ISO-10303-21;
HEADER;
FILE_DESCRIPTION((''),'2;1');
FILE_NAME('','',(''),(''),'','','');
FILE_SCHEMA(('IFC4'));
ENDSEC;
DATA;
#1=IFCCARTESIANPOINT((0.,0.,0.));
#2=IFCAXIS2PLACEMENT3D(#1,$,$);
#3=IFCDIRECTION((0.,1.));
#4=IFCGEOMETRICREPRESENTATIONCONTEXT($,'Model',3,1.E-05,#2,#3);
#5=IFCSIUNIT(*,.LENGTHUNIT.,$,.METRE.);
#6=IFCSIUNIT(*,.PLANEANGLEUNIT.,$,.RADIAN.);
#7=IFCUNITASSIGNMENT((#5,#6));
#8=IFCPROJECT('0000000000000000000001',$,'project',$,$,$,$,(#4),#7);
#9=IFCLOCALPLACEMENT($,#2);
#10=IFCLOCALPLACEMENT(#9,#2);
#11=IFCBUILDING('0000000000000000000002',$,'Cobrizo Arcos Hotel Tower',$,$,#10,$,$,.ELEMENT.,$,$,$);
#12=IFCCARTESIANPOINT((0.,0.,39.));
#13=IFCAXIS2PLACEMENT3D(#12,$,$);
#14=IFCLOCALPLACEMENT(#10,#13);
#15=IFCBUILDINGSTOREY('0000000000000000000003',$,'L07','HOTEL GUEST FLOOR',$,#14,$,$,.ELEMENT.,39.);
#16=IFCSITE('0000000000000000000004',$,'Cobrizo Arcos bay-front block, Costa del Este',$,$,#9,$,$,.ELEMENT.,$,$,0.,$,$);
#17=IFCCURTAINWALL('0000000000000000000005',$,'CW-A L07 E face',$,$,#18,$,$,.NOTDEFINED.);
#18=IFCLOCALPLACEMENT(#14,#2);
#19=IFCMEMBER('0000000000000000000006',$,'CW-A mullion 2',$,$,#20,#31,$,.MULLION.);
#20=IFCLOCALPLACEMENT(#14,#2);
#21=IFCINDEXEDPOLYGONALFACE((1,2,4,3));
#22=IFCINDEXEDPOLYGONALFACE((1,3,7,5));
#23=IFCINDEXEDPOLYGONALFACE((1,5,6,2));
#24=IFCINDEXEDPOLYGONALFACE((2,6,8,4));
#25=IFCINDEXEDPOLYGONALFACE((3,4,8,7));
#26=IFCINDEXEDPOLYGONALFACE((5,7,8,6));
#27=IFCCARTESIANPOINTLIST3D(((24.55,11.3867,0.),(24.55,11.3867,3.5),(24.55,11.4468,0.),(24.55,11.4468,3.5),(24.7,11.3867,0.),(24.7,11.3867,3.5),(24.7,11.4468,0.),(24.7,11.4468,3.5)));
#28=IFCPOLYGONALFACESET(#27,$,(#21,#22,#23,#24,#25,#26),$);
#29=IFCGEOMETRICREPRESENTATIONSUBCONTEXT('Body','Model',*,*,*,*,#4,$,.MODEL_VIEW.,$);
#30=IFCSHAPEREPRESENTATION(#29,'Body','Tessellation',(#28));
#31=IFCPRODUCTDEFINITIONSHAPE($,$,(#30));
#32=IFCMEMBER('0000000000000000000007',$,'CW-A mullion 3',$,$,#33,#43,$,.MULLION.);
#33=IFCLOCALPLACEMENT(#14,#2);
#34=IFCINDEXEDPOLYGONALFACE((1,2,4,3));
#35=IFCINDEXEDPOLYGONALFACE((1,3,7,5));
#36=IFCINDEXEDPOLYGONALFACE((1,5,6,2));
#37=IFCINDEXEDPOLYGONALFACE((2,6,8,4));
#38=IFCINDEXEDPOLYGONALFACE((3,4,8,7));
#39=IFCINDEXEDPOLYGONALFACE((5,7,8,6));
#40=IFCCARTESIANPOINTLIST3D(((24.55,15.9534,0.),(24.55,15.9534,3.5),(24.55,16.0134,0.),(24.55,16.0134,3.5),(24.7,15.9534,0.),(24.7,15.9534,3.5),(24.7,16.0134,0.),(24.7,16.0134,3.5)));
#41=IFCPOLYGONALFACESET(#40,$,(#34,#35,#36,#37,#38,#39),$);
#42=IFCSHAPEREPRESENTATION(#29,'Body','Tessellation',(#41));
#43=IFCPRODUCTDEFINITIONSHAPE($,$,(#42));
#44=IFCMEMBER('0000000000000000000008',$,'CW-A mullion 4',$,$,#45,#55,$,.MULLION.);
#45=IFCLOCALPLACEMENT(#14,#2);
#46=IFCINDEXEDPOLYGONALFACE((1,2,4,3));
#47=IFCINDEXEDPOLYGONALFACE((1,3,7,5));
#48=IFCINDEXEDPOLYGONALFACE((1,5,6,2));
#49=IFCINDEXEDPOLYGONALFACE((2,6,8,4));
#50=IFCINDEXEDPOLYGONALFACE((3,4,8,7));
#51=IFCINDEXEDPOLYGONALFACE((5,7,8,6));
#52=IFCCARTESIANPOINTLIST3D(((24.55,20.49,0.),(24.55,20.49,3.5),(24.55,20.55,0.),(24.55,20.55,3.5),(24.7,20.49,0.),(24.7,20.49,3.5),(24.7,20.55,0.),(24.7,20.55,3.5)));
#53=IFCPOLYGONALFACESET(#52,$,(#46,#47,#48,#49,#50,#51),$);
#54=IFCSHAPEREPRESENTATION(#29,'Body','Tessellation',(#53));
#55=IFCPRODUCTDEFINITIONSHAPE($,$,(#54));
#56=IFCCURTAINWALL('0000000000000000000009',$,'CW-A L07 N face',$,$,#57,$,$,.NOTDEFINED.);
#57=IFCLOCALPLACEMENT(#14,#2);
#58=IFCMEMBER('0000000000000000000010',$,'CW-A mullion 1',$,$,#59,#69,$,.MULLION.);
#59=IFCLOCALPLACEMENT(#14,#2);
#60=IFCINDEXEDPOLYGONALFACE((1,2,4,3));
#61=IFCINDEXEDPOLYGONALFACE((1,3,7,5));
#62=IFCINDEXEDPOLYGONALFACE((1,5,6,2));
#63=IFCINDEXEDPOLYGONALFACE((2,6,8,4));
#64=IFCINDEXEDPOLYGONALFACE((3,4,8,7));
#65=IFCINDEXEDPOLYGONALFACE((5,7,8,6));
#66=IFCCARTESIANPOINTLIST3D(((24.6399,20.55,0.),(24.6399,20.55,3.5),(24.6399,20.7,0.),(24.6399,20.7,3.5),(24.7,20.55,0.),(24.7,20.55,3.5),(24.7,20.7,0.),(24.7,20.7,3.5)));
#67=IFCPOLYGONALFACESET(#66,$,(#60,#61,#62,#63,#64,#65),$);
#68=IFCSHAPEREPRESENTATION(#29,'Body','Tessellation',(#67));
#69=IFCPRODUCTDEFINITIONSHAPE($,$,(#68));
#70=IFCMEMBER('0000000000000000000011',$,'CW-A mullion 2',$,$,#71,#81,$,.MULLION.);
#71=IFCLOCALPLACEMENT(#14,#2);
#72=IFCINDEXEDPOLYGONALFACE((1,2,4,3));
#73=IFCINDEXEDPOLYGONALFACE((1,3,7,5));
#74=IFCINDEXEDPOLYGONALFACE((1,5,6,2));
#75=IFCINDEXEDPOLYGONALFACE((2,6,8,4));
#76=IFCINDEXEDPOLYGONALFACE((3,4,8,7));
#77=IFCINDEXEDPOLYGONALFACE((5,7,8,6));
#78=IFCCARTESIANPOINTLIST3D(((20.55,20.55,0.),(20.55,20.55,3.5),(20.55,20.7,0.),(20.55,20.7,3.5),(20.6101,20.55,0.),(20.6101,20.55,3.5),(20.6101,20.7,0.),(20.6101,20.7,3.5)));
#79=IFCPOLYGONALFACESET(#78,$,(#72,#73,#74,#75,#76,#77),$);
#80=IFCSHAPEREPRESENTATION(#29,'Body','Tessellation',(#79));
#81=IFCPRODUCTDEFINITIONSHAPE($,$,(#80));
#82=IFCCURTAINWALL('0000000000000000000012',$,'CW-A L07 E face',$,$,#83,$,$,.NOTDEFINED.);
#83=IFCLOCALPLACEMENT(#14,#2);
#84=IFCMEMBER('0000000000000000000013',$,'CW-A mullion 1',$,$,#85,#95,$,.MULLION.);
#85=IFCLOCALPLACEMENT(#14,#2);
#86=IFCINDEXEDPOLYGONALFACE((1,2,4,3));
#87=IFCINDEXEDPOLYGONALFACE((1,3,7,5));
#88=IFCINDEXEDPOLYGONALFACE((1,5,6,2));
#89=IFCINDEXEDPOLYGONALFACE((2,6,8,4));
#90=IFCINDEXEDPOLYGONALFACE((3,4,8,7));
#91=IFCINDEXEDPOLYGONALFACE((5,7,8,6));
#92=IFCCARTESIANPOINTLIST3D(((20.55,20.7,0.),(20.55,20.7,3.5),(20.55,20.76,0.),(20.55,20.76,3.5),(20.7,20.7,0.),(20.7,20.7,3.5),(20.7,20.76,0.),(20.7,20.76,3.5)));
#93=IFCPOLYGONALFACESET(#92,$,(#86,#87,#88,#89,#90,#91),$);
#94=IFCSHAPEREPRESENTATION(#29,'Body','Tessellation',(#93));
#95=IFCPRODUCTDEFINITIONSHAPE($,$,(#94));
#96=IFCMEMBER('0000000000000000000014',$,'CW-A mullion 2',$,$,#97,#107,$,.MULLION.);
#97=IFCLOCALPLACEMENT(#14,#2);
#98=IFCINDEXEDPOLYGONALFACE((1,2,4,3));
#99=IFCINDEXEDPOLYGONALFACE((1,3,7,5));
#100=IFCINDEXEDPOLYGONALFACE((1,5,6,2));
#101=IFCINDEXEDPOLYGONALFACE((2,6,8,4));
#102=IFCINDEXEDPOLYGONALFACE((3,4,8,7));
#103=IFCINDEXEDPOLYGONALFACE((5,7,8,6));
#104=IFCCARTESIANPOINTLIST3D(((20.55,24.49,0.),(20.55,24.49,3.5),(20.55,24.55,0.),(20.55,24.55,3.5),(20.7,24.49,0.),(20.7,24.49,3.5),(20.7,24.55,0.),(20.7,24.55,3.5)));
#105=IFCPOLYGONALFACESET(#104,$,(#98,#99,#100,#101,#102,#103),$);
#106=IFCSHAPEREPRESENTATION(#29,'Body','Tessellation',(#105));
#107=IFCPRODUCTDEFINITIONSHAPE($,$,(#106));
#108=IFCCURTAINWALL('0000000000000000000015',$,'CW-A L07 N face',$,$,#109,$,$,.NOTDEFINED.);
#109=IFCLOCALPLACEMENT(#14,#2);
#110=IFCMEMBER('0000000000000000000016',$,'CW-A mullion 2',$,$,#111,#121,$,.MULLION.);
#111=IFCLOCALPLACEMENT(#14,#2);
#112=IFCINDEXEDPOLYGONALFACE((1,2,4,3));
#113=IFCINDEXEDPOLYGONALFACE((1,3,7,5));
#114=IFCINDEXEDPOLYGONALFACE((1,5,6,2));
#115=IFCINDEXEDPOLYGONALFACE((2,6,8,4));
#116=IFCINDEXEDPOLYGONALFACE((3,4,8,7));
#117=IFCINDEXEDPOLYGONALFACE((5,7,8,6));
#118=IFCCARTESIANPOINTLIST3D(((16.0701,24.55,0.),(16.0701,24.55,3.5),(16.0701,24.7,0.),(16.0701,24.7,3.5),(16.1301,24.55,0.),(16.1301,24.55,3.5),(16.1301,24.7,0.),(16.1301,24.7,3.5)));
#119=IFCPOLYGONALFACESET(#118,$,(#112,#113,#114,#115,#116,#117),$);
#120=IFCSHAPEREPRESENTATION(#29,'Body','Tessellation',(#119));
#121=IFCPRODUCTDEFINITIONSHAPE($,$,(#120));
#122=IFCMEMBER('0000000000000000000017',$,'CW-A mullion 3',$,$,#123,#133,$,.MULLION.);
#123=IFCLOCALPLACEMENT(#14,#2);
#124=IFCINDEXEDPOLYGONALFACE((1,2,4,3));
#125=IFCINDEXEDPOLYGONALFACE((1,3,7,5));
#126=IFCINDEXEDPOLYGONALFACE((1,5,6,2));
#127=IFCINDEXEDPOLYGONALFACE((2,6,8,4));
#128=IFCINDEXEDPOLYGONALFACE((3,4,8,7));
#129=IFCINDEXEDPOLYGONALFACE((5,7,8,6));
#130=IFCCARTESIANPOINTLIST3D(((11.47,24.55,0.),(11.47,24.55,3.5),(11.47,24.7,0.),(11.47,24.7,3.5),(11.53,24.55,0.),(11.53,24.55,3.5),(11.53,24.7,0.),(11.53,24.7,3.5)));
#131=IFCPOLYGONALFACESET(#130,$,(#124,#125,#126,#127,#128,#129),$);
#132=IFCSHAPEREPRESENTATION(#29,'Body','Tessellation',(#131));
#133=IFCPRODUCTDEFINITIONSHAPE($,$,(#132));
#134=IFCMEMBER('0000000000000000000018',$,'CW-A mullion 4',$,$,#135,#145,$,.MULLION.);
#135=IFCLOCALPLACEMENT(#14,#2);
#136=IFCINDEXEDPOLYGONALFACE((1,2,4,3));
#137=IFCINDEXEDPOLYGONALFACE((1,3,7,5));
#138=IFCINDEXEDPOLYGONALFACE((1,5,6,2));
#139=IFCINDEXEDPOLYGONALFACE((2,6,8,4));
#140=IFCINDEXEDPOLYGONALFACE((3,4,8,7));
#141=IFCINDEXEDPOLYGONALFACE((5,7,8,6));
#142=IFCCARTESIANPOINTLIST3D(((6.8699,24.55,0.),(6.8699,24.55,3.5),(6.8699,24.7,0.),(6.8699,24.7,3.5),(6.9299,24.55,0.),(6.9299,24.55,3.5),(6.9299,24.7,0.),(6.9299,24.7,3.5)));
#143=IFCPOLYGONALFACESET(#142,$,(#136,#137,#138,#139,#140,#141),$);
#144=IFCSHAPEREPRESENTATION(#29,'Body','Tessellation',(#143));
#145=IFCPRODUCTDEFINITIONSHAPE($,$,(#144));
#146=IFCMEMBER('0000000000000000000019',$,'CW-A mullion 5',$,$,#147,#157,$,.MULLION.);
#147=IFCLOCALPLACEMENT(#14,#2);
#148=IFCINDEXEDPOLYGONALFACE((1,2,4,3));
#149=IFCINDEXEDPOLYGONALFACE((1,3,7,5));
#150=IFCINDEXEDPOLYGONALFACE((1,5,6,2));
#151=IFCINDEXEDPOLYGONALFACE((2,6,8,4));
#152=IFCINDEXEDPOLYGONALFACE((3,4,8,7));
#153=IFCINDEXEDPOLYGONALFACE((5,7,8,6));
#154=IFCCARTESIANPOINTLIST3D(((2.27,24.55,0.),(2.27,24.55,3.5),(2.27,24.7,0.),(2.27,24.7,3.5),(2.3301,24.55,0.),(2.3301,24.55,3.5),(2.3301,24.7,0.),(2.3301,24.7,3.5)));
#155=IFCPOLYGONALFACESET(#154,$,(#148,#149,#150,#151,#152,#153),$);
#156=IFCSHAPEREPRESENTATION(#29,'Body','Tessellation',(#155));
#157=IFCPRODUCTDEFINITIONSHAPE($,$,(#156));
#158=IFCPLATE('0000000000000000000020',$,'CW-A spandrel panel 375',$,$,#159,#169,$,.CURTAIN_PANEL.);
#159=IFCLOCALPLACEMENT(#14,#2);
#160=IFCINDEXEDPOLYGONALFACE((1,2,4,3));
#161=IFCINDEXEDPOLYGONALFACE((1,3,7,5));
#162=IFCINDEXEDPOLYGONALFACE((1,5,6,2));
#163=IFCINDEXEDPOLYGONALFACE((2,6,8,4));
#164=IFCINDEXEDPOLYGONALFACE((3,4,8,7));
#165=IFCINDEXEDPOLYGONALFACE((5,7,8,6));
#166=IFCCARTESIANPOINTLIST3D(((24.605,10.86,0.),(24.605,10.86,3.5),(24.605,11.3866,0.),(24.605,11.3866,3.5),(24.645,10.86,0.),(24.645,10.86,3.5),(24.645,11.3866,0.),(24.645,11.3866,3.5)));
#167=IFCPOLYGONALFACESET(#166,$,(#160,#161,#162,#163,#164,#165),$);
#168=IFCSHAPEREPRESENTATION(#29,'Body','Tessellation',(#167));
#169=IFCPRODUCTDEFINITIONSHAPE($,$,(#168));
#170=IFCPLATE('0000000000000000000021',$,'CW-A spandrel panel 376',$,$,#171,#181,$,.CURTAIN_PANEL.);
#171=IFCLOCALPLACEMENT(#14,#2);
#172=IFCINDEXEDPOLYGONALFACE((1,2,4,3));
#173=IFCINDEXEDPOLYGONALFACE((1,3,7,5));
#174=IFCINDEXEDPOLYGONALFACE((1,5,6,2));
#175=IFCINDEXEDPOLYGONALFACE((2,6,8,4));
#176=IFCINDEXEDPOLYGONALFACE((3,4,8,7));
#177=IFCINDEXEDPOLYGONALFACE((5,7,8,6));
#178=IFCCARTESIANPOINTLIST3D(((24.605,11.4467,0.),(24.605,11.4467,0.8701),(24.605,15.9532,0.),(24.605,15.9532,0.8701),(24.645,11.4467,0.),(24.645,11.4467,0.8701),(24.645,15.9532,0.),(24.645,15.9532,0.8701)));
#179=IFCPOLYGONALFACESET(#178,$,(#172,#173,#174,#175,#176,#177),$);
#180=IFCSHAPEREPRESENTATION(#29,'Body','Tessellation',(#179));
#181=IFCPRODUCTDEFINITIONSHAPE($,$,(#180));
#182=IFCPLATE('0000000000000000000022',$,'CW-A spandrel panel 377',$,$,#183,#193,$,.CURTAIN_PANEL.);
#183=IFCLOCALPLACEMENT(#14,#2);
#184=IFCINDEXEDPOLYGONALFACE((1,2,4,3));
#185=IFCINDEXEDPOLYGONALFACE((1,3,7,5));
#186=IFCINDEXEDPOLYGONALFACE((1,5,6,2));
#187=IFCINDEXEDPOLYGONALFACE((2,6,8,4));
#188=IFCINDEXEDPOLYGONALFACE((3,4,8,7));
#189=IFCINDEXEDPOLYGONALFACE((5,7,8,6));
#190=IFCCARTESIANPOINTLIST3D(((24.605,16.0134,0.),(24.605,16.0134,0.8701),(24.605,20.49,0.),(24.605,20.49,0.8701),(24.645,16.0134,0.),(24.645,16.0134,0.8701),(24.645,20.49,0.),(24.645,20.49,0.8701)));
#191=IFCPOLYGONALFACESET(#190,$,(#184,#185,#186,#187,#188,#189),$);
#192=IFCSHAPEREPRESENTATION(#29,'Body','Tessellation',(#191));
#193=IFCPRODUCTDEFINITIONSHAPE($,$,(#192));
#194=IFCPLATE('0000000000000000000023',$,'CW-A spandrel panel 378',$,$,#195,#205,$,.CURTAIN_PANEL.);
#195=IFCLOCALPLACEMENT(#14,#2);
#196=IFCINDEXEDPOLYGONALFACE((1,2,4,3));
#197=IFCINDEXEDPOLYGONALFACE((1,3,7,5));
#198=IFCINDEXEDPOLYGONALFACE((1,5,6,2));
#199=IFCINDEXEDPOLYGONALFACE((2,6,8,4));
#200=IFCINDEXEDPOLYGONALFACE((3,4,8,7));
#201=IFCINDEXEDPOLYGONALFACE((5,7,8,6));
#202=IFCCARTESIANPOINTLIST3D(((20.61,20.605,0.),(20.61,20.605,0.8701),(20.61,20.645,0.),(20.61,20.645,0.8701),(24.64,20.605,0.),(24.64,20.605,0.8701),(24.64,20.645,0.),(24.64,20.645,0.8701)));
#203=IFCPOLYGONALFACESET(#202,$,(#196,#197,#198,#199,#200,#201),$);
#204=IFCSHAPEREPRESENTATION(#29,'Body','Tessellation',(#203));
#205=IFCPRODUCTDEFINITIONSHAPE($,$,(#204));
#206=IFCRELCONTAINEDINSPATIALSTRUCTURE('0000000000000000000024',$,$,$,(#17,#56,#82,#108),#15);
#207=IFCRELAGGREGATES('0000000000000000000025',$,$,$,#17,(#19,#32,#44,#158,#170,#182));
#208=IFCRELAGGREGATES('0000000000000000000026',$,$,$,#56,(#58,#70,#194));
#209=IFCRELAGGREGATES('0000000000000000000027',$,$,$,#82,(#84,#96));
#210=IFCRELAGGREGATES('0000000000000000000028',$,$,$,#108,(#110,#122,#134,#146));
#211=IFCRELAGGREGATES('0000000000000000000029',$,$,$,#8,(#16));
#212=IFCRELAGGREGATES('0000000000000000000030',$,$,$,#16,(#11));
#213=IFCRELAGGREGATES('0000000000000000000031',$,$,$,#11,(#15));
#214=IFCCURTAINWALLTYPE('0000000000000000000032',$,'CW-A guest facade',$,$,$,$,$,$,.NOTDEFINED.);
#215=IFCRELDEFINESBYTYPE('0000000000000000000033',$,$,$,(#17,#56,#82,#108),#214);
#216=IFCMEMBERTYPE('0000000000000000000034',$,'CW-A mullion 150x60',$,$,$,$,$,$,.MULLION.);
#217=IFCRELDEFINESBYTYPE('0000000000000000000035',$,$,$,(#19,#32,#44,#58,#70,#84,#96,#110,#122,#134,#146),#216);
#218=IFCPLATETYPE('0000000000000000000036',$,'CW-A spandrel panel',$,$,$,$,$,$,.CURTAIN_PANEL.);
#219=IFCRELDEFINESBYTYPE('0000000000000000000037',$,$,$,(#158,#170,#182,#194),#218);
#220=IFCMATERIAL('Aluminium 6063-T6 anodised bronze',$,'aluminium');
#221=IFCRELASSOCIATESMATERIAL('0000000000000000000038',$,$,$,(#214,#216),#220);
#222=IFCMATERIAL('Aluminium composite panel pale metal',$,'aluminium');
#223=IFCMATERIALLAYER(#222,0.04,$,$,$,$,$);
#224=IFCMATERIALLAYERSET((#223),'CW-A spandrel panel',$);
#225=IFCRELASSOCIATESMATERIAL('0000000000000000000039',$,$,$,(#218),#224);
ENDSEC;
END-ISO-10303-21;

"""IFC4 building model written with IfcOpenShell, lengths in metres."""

from ifc_helpers import new_model, si_unit, direction, frame, origin, origin_2d, place, context, subcontext, project, spatial, rectangle, extrude, material, layer, layer_set, material_profile, profile_set, type_object, element, aggregate, save


model = new_model("IFC4")

# Units and contexts
model_context = context("Model", 3, precision=1e-05, world=origin(), true_north=direction((0.0, 1.0)))
body_context = subcontext(model_context, "Body", "Model", "MODEL_VIEW")
ifc_project = project(units=[si_unit("LENGTHUNIT", "METRE"), si_unit("PLANEANGLEUNIT", "RADIAN")], contexts=[model_context])

# Site, building, storey
site_placement = place(None, origin())
site = spatial("IfcSite", under=ifc_project, at=site_placement, Name="Cobrizo Arcos bay-front block, Costa del Este", CompositionType="ELEMENT", RefElevation=0.0)
building_placement = place(site_placement, origin())
building = spatial("IfcBuilding", under=site, at=building_placement, Name="Cobrizo Arcos Hotel Tower", CompositionType="ELEMENT")
storey_placement = place(building_placement, frame((0.0, 0.0, 39.0)))
storey = spatial("IfcBuildingStorey", under=building, at=storey_placement, Name="L07", Description="HOTEL GUEST FLOOR", CompositionType="ELEMENT", Elevation=39.0)

# Curtain walls, members
ifc_material_1 = material(Name="Aluminium 6063-T6 anodised bronze", Category="aluminium")
curtain_wall_type = type_object("IfcCurtainWallType", Name="CW-A guest facade", PredefinedType="NOTDEFINED", material=ifc_material_1)
curtain_wall_1_placement = place(storey_placement, origin())
curtain_wall_1 = element("IfcCurtainWall", 1, at=curtain_wall_1_placement, inside=storey, type_object=curtain_wall_type, Name="CW-A L07 E face", PredefinedType="NOTDEFINED")
ifc_material_profile = material_profile(ifc_material_1, rectangle(XDim=0.1499, YDim=0.0601, at=origin_2d()), Name="CW-A mullion 150x60")
ifc_profile_set = profile_set([ifc_material_profile], Name="Aluminium 6063-T6 anodised bronze")
member_type = type_object("IfcMemberType", Name="CW-A mullion 150x60", PredefinedType="MULLION", material=ifc_profile_set)
member_1_placement = place(storey_placement, frame((24.625, 11.4167, 0.0), z_axis=(0.0, 0.0, 1.0), x_axis=(1.0, 0.0, 0.0)))
member_1 = element("IfcMember", 2, at=member_1_placement, type_object=member_type, Name="CW-A mullion 2", PredefinedType="MULLION", context=body_context, shape_type="SweptSolid", body=[
    extrude(rectangle(XDim=0.1499, YDim=0.0601, at=origin_2d()), origin(), (0.0, 0.0, 1.0), 3.5),
])
member_2_placement = place(storey_placement, frame((24.625, 15.9834, 0.0), z_axis=(0.0, 0.0, 1.0), x_axis=(1.0, 0.0, 0.0)))
member_2 = element("IfcMember", 3, at=member_2_placement, type_object=member_type, Name="CW-A mullion 3", PredefinedType="MULLION", context=body_context, shape_type="SweptSolid", body=[
    extrude(rectangle(XDim=0.1499, YDim=0.0601, at=origin_2d()), origin(), (0.0, 0.0, 1.0), 3.5),
])
member_3_placement = place(storey_placement, frame((24.625, 20.52, 0.0), z_axis=(0.0, 0.0, 1.0), x_axis=(1.0, 0.0, 0.0)))
member_3 = element("IfcMember", 4, at=member_3_placement, type_object=member_type, Name="CW-A mullion 4", PredefinedType="MULLION", context=body_context, shape_type="SweptSolid", body=[
    extrude(rectangle(XDim=0.1499, YDim=0.0601, at=origin_2d()), origin(), (0.0, 0.0, 1.0), 3.5),
])
curtain_wall_2_placement = place(storey_placement, origin())
curtain_wall_2 = element("IfcCurtainWall", 5, at=curtain_wall_2_placement, inside=storey, type_object=curtain_wall_type, Name="CW-A L07 N face", PredefinedType="NOTDEFINED")
member_4_placement = place(storey_placement, frame((24.6699, 20.625, 0.0), z_axis=(0.0, 0.0, 1.0), x_axis=(0.0, 1.0, 0.0)))
member_4 = element("IfcMember", 6, at=member_4_placement, type_object=member_type, Name="CW-A mullion 1", PredefinedType="MULLION", context=body_context, shape_type="SweptSolid", body=[
    extrude(rectangle(XDim=0.1499, YDim=0.0601, at=origin_2d()), origin(), (0.0, 0.0, 1.0), 3.5),
])
member_5_placement = place(storey_placement, frame((20.5801, 20.625, 0.0), z_axis=(0.0, 0.0, 1.0), x_axis=(0.0, 1.0, 0.0)))
member_5 = element("IfcMember", 7, at=member_5_placement, type_object=member_type, Name="CW-A mullion 2", PredefinedType="MULLION", context=body_context, shape_type="SweptSolid", body=[
    extrude(rectangle(XDim=0.1499, YDim=0.0601, at=origin_2d()), origin(), (0.0, 0.0, 1.0), 3.5),
])
curtain_wall_3_placement = place(storey_placement, origin())
curtain_wall_3 = element("IfcCurtainWall", 8, at=curtain_wall_3_placement, inside=storey, type_object=curtain_wall_type, Name="CW-A L07 E face", PredefinedType="NOTDEFINED")
member_6_placement = place(storey_placement, frame((20.625, 20.73, 0.0), z_axis=(0.0, 0.0, 1.0), x_axis=(1.0, 0.0, 0.0)))
member_6 = element("IfcMember", 9, at=member_6_placement, type_object=member_type, Name="CW-A mullion 1", PredefinedType="MULLION", context=body_context, shape_type="SweptSolid", body=[
    extrude(rectangle(XDim=0.1499, YDim=0.0601, at=origin_2d()), origin(), (0.0, 0.0, 1.0), 3.5),
])
member_7_placement = place(storey_placement, frame((20.625, 24.52, 0.0), z_axis=(0.0, 0.0, 1.0), x_axis=(1.0, 0.0, 0.0)))
member_7 = element("IfcMember", 10, at=member_7_placement, type_object=member_type, Name="CW-A mullion 2", PredefinedType="MULLION", context=body_context, shape_type="SweptSolid", body=[
    extrude(rectangle(XDim=0.1499, YDim=0.0601, at=origin_2d()), origin(), (0.0, 0.0, 1.0), 3.5),
])
curtain_wall_4_placement = place(storey_placement, origin())
curtain_wall_4 = element("IfcCurtainWall", 11, at=curtain_wall_4_placement, inside=storey, type_object=curtain_wall_type, Name="CW-A L07 N face", PredefinedType="NOTDEFINED")
member_8_placement = place(storey_placement, frame((16.1001, 24.625, 0.0), z_axis=(0.0, 0.0, 1.0), x_axis=(0.0, 1.0, 0.0)))
member_8 = element("IfcMember", 12, at=member_8_placement, type_object=member_type, Name="CW-A mullion 2", PredefinedType="MULLION", context=body_context, shape_type="SweptSolid", body=[
    extrude(rectangle(XDim=0.1499, YDim=0.0601, at=origin_2d()), origin(), (0.0, 0.0, 1.0), 3.5),
])
member_9_placement = place(storey_placement, frame((11.5, 24.625, 0.0), z_axis=(0.0, 0.0, 1.0), x_axis=(0.0, 1.0, 0.0)))
member_9 = element("IfcMember", 13, at=member_9_placement, type_object=member_type, Name="CW-A mullion 3", PredefinedType="MULLION", context=body_context, shape_type="SweptSolid", body=[
    extrude(rectangle(XDim=0.1499, YDim=0.0601, at=origin_2d()), origin(), (0.0, 0.0, 1.0), 3.5),
])
member_10_placement = place(storey_placement, frame((6.8999, 24.625, 0.0), z_axis=(0.0, 0.0, 1.0), x_axis=(0.0, 1.0, 0.0)))
member_10 = element("IfcMember", 14, at=member_10_placement, type_object=member_type, Name="CW-A mullion 4", PredefinedType="MULLION", context=body_context, shape_type="SweptSolid", body=[
    extrude(rectangle(XDim=0.1499, YDim=0.0601, at=origin_2d()), origin(), (0.0, 0.0, 1.0), 3.5),
])
member_11_placement = place(storey_placement, frame((2.3, 24.625, 0.0), z_axis=(0.0, 0.0, 1.0), x_axis=(0.0, 1.0, 0.0)))
member_11 = element("IfcMember", 15, at=member_11_placement, type_object=member_type, Name="CW-A mullion 5", PredefinedType="MULLION", context=body_context, shape_type="SweptSolid", body=[
    extrude(rectangle(XDim=0.1499, YDim=0.0601, at=origin_2d()), origin(), (0.0, 0.0, 1.0), 3.5),
])

# Plates
ifc_material_2 = material(Name="Aluminium composite panel pale metal", Category="aluminium")
ifc_layer_1 = layer(ifc_material_2, 0.04)
ifc_layer_set_1 = layer_set([ifc_layer_1], Name="CW-A spandrel panel")
plate_type = type_object("IfcPlateType", Name="CW-A spandrel panel", PredefinedType="CURTAIN_PANEL", material=ifc_layer_set_1)
plate_1_placement = place(storey_placement, frame((24.625, 11.1233, 0.0), z_axis=(0.0, 0.0, 1.0), x_axis=(0.0, 1.0, 0.0)))
plate_1 = element("IfcPlate", 16, at=plate_1_placement, type_object=plate_type, Name="CW-A spandrel panel 375", PredefinedType="CURTAIN_PANEL", context=body_context, shape_type="SweptSolid", body=[
    extrude(rectangle(XDim=0.5266, YDim=0.04, at=origin_2d()), origin(), (0.0, 0.0, 1.0), 3.5),
])
plate_2_placement = place(storey_placement, frame((24.625, 13.7, 0.0), z_axis=(0.0, 0.0, 1.0), x_axis=(0.0, 1.0, 0.0)))
plate_2 = element("IfcPlate", 17, at=plate_2_placement, type_object=plate_type, Name="CW-A spandrel panel 376", PredefinedType="CURTAIN_PANEL", context=body_context, shape_type="SweptSolid", body=[
    extrude(rectangle(XDim=4.5066, YDim=0.04, at=origin_2d()), origin(), (0.0, 0.0, 1.0), 0.8701),
])
plate_3_placement = place(storey_placement, frame((24.625, 18.2517, 0.0), z_axis=(0.0, 0.0, 1.0), x_axis=(0.0, 1.0, 0.0)))
plate_3 = element("IfcPlate", 18, at=plate_3_placement, type_object=plate_type, Name="CW-A spandrel panel 377", PredefinedType="CURTAIN_PANEL", context=body_context, shape_type="SweptSolid", body=[
    extrude(rectangle(XDim=4.4766, YDim=0.04, at=origin_2d()), origin(), (0.0, 0.0, 1.0), 0.8701),
])
aggregate(curtain_wall_1, [member_1, member_2, member_3, plate_1, plate_2, plate_3])
plate_4_placement = place(storey_placement, frame((22.625, 20.625, 0.0), z_axis=(0.0, 0.0, 1.0), x_axis=(-1.0, 0.0, 0.0)))
plate_4 = element("IfcPlate", 19, at=plate_4_placement, type_object=plate_type, Name="CW-A spandrel panel 378", PredefinedType="CURTAIN_PANEL", context=body_context, shape_type="SweptSolid", body=[
    extrude(rectangle(XDim=4.03, YDim=0.04, at=origin_2d()), origin(), (0.0, 0.0, 1.0), 0.8701),
])
aggregate(curtain_wall_2, [member_4, member_5, plate_4])
aggregate(curtain_wall_3, [member_6, member_7])
aggregate(curtain_wall_4, [member_8, member_9, member_10, member_11])

save(model, "model.ifc")
